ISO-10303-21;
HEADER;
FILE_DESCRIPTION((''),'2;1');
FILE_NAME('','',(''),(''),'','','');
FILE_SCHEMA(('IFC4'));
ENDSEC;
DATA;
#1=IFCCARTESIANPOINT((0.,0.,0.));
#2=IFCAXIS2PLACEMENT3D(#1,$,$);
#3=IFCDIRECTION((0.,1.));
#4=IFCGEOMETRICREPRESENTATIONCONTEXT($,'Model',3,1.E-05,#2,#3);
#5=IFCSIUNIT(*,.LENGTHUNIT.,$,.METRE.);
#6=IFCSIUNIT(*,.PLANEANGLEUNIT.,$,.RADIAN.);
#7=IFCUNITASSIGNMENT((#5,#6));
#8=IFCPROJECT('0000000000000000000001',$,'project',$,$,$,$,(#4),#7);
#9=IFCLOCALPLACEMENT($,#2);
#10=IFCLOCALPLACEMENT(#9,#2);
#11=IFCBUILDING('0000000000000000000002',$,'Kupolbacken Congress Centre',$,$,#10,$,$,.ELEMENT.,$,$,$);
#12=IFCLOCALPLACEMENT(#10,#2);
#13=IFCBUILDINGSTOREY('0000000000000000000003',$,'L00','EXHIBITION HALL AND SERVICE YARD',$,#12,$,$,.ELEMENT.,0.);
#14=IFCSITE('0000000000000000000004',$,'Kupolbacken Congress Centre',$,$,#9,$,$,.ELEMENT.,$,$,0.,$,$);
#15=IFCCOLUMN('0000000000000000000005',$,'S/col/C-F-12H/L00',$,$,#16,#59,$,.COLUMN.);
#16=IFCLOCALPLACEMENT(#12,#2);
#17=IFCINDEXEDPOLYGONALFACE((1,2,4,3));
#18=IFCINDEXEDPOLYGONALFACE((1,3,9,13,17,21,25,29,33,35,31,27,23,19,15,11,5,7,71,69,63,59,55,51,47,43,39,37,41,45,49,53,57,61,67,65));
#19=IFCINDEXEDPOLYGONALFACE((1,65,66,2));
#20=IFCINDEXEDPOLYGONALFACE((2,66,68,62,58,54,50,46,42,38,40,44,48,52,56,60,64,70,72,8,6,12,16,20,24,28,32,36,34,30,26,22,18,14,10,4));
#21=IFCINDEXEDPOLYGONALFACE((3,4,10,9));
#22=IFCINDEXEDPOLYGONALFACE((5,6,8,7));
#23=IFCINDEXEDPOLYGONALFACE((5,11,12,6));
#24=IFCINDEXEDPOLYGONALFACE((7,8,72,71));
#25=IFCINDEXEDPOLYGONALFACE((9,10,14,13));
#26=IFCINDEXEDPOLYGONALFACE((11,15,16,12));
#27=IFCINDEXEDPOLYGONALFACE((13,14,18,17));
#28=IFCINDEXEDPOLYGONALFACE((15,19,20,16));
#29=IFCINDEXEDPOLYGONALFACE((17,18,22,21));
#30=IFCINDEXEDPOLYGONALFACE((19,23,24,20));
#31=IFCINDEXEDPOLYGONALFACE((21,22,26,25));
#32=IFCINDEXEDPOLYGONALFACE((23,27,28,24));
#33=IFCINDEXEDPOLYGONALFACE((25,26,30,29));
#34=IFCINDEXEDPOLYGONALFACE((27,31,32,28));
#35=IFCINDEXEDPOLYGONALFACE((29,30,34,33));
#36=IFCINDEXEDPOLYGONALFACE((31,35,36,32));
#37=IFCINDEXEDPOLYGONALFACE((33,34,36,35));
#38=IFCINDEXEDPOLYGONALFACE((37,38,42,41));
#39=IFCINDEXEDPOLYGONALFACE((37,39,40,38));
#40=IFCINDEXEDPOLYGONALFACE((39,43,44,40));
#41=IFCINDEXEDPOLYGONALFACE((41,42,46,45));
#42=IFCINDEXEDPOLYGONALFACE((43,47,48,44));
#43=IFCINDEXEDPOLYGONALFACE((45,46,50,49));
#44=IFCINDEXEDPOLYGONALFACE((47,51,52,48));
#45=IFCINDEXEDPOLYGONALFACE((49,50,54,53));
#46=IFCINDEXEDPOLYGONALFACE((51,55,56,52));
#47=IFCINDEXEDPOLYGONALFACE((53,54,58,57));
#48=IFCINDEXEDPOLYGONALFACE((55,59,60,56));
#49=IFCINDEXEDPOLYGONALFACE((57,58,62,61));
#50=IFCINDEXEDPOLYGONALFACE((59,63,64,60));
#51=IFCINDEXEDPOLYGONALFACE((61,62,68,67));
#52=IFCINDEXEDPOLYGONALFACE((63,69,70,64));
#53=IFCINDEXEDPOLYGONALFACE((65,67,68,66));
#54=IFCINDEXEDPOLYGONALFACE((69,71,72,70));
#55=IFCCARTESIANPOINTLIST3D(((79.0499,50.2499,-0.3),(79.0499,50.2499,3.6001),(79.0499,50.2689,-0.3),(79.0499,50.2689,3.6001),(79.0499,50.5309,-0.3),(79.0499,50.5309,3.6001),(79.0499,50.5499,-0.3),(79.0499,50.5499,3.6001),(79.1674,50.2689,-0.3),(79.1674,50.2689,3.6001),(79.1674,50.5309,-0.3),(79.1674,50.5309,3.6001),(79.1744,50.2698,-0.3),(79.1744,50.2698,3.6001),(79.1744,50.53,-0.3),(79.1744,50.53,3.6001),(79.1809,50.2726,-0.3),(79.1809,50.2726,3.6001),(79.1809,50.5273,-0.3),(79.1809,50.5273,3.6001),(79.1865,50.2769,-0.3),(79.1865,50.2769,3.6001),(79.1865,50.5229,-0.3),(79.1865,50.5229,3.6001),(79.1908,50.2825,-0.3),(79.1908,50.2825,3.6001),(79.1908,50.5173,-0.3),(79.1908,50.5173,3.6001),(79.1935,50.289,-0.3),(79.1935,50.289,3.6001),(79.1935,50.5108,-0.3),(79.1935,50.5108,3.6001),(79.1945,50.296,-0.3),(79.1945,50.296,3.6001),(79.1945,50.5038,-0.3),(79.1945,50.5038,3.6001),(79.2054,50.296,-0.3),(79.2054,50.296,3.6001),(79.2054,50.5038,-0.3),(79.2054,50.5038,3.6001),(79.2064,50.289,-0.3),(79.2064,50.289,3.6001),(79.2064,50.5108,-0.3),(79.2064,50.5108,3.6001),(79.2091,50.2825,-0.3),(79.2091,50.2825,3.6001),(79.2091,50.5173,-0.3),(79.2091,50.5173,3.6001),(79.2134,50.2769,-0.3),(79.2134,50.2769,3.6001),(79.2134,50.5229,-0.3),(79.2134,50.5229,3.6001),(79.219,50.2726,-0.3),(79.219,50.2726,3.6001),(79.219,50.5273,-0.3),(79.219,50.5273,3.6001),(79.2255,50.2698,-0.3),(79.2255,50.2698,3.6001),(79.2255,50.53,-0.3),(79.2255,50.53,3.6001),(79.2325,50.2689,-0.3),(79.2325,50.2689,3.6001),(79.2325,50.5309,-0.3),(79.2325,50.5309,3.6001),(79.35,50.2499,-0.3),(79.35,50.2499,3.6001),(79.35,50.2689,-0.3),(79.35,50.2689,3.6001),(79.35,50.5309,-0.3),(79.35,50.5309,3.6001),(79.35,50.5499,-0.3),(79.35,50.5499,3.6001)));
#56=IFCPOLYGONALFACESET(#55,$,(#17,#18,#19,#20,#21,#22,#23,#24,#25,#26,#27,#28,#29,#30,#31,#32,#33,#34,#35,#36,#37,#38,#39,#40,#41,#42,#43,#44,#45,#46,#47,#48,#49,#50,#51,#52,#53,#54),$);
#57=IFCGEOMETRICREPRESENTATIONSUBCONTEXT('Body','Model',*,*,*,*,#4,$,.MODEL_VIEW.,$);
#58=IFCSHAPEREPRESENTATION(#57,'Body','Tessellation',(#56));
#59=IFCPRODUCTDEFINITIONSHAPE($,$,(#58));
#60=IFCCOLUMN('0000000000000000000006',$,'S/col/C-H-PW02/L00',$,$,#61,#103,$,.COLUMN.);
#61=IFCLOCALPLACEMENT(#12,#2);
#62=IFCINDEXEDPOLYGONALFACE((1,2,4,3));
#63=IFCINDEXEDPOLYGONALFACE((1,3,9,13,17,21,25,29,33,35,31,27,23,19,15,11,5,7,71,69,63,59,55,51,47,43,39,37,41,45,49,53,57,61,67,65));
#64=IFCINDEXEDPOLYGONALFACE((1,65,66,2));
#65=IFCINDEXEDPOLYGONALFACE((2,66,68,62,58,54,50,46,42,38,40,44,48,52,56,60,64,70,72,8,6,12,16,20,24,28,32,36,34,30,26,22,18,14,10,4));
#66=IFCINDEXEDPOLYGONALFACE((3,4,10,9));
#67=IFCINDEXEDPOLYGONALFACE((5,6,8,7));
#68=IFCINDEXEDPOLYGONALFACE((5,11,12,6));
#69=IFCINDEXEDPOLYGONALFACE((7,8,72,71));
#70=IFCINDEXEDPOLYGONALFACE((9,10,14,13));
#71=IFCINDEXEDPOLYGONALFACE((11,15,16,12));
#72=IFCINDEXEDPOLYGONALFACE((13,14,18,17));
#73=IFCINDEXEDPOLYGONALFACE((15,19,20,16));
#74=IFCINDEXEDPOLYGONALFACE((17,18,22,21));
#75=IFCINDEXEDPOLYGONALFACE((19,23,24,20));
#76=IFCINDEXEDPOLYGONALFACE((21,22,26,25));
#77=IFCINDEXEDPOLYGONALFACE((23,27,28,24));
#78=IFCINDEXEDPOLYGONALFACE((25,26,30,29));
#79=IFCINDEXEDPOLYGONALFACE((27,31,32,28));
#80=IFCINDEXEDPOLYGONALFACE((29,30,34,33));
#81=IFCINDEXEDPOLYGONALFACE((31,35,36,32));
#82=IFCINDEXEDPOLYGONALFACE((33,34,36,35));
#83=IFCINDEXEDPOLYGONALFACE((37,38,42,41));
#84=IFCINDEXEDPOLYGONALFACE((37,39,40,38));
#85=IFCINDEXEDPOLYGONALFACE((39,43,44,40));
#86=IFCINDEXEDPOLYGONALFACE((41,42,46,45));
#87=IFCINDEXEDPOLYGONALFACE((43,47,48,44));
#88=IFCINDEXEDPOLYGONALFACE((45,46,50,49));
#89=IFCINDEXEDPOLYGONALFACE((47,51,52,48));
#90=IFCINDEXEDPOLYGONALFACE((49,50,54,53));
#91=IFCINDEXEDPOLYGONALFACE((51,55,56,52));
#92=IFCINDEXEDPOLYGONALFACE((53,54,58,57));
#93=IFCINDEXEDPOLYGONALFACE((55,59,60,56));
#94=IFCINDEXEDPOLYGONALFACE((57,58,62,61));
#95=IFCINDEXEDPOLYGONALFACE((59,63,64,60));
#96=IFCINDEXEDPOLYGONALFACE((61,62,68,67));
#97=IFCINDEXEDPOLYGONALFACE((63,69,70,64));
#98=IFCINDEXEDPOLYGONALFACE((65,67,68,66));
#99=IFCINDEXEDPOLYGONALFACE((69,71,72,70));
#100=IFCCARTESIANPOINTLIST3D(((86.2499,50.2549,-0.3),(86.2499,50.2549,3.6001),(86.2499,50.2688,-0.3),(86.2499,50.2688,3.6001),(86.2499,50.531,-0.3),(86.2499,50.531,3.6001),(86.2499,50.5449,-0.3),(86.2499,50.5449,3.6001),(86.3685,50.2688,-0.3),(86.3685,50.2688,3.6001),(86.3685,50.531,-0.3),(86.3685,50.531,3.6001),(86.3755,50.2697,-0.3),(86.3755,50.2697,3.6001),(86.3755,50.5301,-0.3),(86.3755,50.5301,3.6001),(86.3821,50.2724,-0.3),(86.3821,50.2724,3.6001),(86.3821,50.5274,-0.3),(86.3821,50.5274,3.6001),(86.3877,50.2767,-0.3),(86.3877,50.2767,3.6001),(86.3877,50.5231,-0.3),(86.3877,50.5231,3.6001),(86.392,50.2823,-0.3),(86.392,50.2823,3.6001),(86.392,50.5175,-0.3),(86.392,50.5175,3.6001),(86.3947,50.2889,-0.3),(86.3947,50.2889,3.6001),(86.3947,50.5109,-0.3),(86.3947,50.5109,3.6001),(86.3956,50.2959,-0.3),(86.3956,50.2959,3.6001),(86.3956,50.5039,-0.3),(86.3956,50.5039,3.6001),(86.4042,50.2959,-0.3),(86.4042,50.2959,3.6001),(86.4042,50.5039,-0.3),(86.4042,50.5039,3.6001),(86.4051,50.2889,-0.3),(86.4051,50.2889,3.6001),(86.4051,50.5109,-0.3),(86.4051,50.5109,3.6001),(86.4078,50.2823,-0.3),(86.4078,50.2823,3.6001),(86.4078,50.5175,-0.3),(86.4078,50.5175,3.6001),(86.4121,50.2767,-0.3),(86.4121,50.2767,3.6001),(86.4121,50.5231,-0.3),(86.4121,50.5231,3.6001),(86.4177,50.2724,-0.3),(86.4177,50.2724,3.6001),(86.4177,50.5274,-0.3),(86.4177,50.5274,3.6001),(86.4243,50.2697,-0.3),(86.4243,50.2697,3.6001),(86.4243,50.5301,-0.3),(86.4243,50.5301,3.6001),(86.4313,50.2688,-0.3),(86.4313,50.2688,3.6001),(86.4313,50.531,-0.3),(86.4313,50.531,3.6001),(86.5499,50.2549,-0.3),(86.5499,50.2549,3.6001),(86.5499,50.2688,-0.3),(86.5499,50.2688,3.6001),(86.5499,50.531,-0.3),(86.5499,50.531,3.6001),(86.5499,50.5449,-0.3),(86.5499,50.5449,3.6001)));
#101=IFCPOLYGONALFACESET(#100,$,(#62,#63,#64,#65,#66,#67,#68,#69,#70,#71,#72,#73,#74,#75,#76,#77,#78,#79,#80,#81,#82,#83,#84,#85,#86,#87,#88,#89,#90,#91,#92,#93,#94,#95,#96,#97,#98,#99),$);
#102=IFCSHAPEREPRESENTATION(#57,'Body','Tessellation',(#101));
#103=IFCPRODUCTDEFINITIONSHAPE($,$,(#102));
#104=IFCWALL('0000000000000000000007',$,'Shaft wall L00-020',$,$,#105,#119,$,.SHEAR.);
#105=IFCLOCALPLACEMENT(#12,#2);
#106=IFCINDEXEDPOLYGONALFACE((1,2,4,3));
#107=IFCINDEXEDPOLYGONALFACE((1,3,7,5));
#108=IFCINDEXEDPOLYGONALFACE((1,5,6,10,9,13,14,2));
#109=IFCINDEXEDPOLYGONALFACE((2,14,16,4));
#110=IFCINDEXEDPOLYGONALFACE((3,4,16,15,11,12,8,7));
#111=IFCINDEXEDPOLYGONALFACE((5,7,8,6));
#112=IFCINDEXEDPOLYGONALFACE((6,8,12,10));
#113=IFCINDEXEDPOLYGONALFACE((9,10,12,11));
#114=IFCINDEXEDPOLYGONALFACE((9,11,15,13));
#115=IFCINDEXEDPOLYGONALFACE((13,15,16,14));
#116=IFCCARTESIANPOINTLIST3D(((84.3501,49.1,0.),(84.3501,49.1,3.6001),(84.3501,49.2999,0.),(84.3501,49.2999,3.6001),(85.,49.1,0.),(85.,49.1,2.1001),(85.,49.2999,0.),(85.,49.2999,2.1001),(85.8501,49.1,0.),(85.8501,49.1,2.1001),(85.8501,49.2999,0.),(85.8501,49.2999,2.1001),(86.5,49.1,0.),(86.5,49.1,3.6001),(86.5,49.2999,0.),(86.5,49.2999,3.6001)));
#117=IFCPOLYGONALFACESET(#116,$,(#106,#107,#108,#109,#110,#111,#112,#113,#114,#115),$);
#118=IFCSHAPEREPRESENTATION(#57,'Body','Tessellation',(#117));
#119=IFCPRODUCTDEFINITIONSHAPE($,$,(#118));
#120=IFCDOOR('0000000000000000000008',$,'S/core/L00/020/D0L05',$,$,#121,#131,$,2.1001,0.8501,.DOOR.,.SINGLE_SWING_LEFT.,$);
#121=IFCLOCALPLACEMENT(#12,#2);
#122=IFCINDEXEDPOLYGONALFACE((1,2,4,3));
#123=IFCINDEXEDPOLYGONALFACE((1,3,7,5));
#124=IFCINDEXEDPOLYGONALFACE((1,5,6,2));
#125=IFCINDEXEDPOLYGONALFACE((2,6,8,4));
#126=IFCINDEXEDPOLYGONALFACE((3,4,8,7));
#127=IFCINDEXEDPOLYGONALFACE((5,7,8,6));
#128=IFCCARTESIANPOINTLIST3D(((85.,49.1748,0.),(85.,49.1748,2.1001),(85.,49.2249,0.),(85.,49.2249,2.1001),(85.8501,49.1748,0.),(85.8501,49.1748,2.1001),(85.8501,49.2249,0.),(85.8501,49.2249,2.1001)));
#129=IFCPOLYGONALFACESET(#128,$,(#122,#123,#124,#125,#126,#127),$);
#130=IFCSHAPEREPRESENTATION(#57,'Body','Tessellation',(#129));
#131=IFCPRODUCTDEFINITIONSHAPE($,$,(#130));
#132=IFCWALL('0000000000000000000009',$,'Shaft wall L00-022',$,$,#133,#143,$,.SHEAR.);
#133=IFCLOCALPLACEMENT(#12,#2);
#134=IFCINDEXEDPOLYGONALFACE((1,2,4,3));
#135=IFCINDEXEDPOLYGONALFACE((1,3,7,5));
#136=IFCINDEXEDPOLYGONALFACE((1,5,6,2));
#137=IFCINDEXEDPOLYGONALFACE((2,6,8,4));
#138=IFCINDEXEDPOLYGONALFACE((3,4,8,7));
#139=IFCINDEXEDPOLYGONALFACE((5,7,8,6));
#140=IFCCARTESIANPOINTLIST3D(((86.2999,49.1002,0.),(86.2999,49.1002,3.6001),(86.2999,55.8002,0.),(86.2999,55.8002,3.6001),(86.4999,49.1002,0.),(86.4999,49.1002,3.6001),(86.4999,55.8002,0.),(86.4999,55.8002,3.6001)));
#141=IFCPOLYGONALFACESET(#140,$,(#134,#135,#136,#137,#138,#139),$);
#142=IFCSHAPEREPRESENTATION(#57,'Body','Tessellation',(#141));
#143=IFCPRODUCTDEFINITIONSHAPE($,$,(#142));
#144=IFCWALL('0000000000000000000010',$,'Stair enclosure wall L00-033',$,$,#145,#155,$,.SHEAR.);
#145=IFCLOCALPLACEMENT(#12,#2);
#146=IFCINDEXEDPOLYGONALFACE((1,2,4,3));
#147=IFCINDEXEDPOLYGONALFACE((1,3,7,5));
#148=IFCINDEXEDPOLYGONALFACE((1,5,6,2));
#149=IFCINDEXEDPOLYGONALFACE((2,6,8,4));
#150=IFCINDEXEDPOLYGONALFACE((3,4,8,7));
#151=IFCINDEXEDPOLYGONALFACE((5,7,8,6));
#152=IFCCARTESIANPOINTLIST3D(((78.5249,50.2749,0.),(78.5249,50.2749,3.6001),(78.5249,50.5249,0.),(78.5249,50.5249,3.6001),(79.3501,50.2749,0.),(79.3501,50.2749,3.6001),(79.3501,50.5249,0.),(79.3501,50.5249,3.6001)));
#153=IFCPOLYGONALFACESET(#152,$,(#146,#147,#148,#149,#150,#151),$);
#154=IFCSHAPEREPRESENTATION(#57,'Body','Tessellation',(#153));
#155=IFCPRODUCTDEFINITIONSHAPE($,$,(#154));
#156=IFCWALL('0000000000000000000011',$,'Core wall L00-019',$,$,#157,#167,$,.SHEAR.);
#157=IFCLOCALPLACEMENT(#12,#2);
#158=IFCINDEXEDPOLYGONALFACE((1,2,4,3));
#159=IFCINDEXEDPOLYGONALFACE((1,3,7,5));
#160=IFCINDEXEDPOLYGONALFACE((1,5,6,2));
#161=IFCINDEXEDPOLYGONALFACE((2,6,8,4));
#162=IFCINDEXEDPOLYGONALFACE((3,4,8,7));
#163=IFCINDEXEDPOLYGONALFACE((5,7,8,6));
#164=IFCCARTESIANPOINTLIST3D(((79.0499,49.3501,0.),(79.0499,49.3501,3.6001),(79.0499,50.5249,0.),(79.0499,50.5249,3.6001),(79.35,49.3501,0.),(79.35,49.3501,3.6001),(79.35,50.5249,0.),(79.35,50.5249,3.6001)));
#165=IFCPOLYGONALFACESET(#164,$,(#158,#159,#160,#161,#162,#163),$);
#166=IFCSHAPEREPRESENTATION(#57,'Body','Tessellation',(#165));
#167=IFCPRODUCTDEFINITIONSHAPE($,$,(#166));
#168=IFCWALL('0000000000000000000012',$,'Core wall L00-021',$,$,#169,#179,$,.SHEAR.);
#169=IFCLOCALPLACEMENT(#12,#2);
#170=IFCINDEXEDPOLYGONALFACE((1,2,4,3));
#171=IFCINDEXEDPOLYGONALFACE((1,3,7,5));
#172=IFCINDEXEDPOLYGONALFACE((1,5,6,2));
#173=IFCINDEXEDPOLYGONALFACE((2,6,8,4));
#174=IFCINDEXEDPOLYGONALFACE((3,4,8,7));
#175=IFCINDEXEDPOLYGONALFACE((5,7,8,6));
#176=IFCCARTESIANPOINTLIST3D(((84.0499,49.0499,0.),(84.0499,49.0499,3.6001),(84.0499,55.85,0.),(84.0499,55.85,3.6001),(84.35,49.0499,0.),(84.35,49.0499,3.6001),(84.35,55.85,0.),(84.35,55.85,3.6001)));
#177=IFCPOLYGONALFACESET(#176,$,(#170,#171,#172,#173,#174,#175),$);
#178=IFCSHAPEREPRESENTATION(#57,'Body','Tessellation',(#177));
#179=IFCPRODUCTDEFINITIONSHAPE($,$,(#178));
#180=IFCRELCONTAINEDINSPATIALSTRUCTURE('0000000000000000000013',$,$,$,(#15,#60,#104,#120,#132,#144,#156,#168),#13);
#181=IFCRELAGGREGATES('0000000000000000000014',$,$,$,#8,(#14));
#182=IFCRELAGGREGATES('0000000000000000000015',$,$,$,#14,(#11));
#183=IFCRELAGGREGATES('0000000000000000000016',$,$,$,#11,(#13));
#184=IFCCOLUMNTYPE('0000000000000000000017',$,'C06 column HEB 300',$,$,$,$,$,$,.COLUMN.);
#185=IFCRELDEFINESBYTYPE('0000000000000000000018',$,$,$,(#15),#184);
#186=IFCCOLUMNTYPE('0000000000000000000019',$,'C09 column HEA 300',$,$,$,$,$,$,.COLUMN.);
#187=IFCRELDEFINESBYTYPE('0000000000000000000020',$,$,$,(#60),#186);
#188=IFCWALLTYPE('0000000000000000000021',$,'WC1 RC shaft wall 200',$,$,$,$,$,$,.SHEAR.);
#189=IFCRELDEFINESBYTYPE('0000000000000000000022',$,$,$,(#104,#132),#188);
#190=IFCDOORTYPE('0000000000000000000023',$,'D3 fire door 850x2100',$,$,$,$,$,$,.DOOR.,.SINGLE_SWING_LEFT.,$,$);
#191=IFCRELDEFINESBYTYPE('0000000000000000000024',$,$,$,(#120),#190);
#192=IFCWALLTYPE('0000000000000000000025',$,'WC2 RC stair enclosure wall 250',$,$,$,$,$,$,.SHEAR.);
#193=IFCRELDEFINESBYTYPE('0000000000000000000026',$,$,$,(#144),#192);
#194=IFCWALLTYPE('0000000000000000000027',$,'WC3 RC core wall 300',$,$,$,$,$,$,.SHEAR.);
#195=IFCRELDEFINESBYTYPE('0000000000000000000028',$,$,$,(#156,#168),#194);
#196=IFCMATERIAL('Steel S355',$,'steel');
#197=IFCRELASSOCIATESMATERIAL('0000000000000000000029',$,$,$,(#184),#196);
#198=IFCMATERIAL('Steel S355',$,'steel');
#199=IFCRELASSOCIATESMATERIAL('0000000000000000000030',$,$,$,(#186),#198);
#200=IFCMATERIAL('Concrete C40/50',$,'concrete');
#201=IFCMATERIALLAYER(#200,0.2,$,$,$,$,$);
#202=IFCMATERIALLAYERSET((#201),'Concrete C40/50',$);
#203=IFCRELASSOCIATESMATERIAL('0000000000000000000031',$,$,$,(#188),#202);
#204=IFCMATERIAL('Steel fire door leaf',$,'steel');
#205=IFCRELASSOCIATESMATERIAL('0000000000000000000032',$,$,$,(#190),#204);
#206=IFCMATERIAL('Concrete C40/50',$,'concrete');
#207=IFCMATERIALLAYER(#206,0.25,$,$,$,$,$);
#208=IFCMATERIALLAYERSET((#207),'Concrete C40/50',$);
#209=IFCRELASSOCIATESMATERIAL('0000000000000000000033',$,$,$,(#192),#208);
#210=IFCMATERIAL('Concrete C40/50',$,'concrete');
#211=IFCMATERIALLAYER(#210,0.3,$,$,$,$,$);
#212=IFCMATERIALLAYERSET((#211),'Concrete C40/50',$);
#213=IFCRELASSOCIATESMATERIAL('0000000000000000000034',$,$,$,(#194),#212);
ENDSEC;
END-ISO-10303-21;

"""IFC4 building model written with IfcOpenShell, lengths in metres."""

from ifc_helpers import new_model, si_unit, direction, frame, frame_2d, origin, origin_2d, place, context, subcontext, project, spatial, rectangle, i_section, extrude, material, layer, layer_set, material_profile, profile_set, type_object, element, fill, save


model = new_model("IFC4")

# Units and contexts
model_context = context("Model", 3, precision=1e-05, world=origin(), true_north=direction((0.0, 1.0)))
body_context = subcontext(model_context, "Body", "Model", "MODEL_VIEW")
ifc_project = project(units=[si_unit("LENGTHUNIT", "METRE"), si_unit("PLANEANGLEUNIT", "RADIAN")], contexts=[model_context])

# Site, building, storey
site_placement = place(None, origin())
site = spatial("IfcSite", under=ifc_project, at=site_placement, Name="Kupolbacken Congress Centre", CompositionType="ELEMENT", RefElevation=0.0)
building_placement = place(site_placement, origin())
building = spatial("IfcBuilding", under=site, at=building_placement, Name="Kupolbacken Congress Centre", CompositionType="ELEMENT")
storey_placement = place(building_placement, origin())
storey = spatial("IfcBuildingStorey", under=building, at=storey_placement, Name="L00", Description="EXHIBITION HALL AND SERVICE YARD", CompositionType="ELEMENT", Elevation=0.0)

# Columns
ifc_material_1 = material(Name="Steel S355", Category="steel")
ifc_material_profile_1 = material_profile(ifc_material_1, i_section(OverallWidth=0.3, OverallDepth=0.3, WebThickness=0.011, FlangeThickness=0.019, FilletRadius=0.0271, at=origin_2d()), Name="HEB 300")
ifc_profile_set_1 = profile_set([ifc_material_profile_1], Name="Steel S355")
column_type_1 = type_object("IfcColumnType", Name="C06 column HEB 300", PredefinedType="COLUMN", material=ifc_profile_set_1)
column_1_placement = place(storey_placement, frame((79.2, 50.3999, -0.3), z_axis=(0.0, 0.0, 1.0), x_axis=(1.0, 0.0, 0.0)))
element("IfcColumn", 1, at=column_1_placement, inside=storey, type_object=column_type_1, Name="S/col/C-F-12H/L00", PredefinedType="COLUMN", context=body_context, shape_type="SweptSolid", body=[
    extrude(i_section(OverallWidth=0.3, OverallDepth=0.3, WebThickness=0.011, FlangeThickness=0.019, FilletRadius=0.0271, at=origin_2d()), origin(), (0.0, 0.0, 1.0), 3.9001),
])
ifc_material_2 = material(Name="Steel S355", Category="steel")
ifc_material_profile_2 = material_profile(ifc_material_2, i_section(OverallWidth=0.3, OverallDepth=0.29, WebThickness=0.0085, FlangeThickness=0.0139, FilletRadius=0.0271, at=origin_2d()), Name="HEA 300")
ifc_profile_set_2 = profile_set([ifc_material_profile_2], Name="Steel S355")
column_type_2 = type_object("IfcColumnType", Name="C09 column HEA 300", PredefinedType="COLUMN", material=ifc_profile_set_2)
column_2_placement = place(storey_placement, frame((86.3999, 50.3999, -0.3), z_axis=(0.0, 0.0, 1.0), x_axis=(1.0, 0.0, 0.0)))
element("IfcColumn", 2, at=column_2_placement, inside=storey, type_object=column_type_2, Name="S/col/C-H-PW02/L00", PredefinedType="COLUMN", context=body_context, shape_type="SweptSolid", body=[
    extrude(i_section(OverallWidth=0.3, OverallDepth=0.29, WebThickness=0.0085, FlangeThickness=0.0139, FilletRadius=0.0271, at=origin_2d()), origin(), (0.0, 0.0, 1.0), 3.9001),
])

# Wall, opening, door
ifc_material_3 = material(Name="Concrete C40/50", Category="concrete")
ifc_layer_1 = layer(ifc_material_3, 0.2)
ifc_layer_set_1 = layer_set([ifc_layer_1], Name="Concrete C40/50")
wall_type_1 = type_object("IfcWallType", Name="WC1 RC shaft wall 200", PredefinedType="SHEAR", material=ifc_layer_set_1)
wall_1_placement = place(storey_placement, frame((84.3501, 49.2, 0.0), z_axis=(0.0, 0.0, 1.0), x_axis=(1.0, 0.0, 0.0)))
wall_1 = element("IfcWall", 3, at=wall_1_placement, inside=storey, type_object=wall_type_1, Name="Shaft wall L00-020", PredefinedType="SHEAR", context=body_context, shape_type="SweptSolid", body=[
    extrude(rectangle(XDim=2.1499, YDim=0.2, at=frame_2d((1.075, 0.0))), origin(), (0.0, 0.0, 1.0), 3.6001),
])
opening_1_placement = place(wall_1_placement, frame((0.6499, 0.0, 0.0)))
opening_1 = element("IfcOpeningElement", 4, at=opening_1_placement, cuts=wall_1, PredefinedType="OPENING", context=body_context, shape_type="SweptSolid", body=[
    extrude(rectangle(XDim=0.8501, YDim=2.1001, at=frame_2d((0.425, 1.05))), frame((0.0, 0.1099, 0.0), z_axis=(0.0, -1.0, 0.0), x_axis=(1.0, 0.0, 0.0)), (0.0, 0.0, 1.0), 0.22),
])
ifc_material_4 = material(Name="Steel fire door leaf", Category="steel")
door_type_1 = type_object("IfcDoorType", Name="D3 fire door 850x2100", OperationType="SINGLE_SWING_LEFT", PredefinedType="DOOR", material=ifc_material_4)
door_1_placement = place(opening_1_placement, origin())
door_1 = element("IfcDoor", 5, at=door_1_placement, inside=storey, type_object=door_type_1, Name="S/core/L00/020/D0L05", OperationType="SINGLE_SWING_LEFT", OverallHeight=2.1001, OverallWidth=0.8501, PredefinedType="DOOR", context=body_context, shape_type="SweptSolid", body=[
    extrude(rectangle(XDim=0.8501, YDim=2.1001, at=frame_2d((0.425, 1.05))), frame((0.0, 0.0249, 0.0), z_axis=(0.0, -1.0, 0.0), x_axis=(1.0, 0.0, 0.0)), (0.0, 0.0, 1.0), 0.05),
])
fill(opening_1, door_1)

# Walls
wall_2_placement = place(storey_placement, frame((86.3999, 49.1001, 0.0), z_axis=(0.0, 0.0, 1.0), x_axis=(0.0, 1.0, 0.0)))
element("IfcWall", 6, at=wall_2_placement, inside=storey, type_object=wall_type_1, Name="Shaft wall L00-022", PredefinedType="SHEAR", context=body_context, shape_type="SweptSolid", body=[
    extrude(rectangle(XDim=6.7, YDim=0.2, at=frame_2d((3.3501, 0.0))), origin(), (0.0, 0.0, 1.0), 3.6001),
])
ifc_material_5 = material(Name="Concrete C40/50", Category="concrete")
ifc_layer_2 = layer(ifc_material_5, 0.25)
ifc_layer_set_2 = layer_set([ifc_layer_2], Name="Concrete C40/50")
wall_type_2 = type_object("IfcWallType", Name="WC2 RC stair enclosure wall 250", PredefinedType="SHEAR", material=ifc_layer_set_2)
wall_3_placement = place(storey_placement, frame((79.3501, 50.3999, 0.0), z_axis=(0.0, 0.0, 1.0), x_axis=(-1.0, 0.0, 0.0)))
element("IfcWall", 7, at=wall_3_placement, inside=storey, type_object=wall_type_2, Name="Stair enclosure wall L00-033", PredefinedType="SHEAR", context=body_context, shape_type="SweptSolid", body=[
    extrude(rectangle(XDim=0.8252, YDim=0.25, at=frame_2d((0.4126, 0.0))), origin(), (0.0, 0.0, 1.0), 3.6001),
])

# Shared definitions
ifc_material_6 = material(Name="Concrete C40/50", Category="concrete")
ifc_layer_3 = layer(ifc_material_6, 0.3)
ifc_layer_set_3 = layer_set([ifc_layer_3], Name="Concrete C40/50")
wall_type_3 = type_object("IfcWallType", Name="WC3 RC core wall 300", PredefinedType="SHEAR", material=ifc_layer_set_3)

# Walls
wall_4_placement = place(storey_placement, frame((79.2, 49.3501, 0.0), z_axis=(0.0, 0.0, 1.0), x_axis=(0.0, 1.0, 0.0)))
element("IfcWall", 8, at=wall_4_placement, inside=storey, type_object=wall_type_3, Name="Core wall L00-019", PredefinedType="SHEAR", context=body_context, shape_type="SweptSolid", body=[
    extrude(rectangle(XDim=1.1748, YDim=0.3, at=frame_2d((0.5874, 0.0))), origin(), (0.0, 0.0, 1.0), 3.6001),
])
wall_5_placement = place(storey_placement, frame((84.2, 49.05, 0.0), z_axis=(0.0, 0.0, 1.0), x_axis=(0.0, 1.0, 0.0)))
element("IfcWall", 9, at=wall_5_placement, inside=storey, type_object=wall_type_3, Name="Core wall L00-021", PredefinedType="SHEAR", context=body_context, shape_type="SweptSolid", body=[
    extrude(rectangle(XDim=6.8, YDim=0.3, at=frame_2d((3.3999, 0.0))), origin(), (0.0, 0.0, 1.0), 3.6001),
])

save(model, "model.ifc")
